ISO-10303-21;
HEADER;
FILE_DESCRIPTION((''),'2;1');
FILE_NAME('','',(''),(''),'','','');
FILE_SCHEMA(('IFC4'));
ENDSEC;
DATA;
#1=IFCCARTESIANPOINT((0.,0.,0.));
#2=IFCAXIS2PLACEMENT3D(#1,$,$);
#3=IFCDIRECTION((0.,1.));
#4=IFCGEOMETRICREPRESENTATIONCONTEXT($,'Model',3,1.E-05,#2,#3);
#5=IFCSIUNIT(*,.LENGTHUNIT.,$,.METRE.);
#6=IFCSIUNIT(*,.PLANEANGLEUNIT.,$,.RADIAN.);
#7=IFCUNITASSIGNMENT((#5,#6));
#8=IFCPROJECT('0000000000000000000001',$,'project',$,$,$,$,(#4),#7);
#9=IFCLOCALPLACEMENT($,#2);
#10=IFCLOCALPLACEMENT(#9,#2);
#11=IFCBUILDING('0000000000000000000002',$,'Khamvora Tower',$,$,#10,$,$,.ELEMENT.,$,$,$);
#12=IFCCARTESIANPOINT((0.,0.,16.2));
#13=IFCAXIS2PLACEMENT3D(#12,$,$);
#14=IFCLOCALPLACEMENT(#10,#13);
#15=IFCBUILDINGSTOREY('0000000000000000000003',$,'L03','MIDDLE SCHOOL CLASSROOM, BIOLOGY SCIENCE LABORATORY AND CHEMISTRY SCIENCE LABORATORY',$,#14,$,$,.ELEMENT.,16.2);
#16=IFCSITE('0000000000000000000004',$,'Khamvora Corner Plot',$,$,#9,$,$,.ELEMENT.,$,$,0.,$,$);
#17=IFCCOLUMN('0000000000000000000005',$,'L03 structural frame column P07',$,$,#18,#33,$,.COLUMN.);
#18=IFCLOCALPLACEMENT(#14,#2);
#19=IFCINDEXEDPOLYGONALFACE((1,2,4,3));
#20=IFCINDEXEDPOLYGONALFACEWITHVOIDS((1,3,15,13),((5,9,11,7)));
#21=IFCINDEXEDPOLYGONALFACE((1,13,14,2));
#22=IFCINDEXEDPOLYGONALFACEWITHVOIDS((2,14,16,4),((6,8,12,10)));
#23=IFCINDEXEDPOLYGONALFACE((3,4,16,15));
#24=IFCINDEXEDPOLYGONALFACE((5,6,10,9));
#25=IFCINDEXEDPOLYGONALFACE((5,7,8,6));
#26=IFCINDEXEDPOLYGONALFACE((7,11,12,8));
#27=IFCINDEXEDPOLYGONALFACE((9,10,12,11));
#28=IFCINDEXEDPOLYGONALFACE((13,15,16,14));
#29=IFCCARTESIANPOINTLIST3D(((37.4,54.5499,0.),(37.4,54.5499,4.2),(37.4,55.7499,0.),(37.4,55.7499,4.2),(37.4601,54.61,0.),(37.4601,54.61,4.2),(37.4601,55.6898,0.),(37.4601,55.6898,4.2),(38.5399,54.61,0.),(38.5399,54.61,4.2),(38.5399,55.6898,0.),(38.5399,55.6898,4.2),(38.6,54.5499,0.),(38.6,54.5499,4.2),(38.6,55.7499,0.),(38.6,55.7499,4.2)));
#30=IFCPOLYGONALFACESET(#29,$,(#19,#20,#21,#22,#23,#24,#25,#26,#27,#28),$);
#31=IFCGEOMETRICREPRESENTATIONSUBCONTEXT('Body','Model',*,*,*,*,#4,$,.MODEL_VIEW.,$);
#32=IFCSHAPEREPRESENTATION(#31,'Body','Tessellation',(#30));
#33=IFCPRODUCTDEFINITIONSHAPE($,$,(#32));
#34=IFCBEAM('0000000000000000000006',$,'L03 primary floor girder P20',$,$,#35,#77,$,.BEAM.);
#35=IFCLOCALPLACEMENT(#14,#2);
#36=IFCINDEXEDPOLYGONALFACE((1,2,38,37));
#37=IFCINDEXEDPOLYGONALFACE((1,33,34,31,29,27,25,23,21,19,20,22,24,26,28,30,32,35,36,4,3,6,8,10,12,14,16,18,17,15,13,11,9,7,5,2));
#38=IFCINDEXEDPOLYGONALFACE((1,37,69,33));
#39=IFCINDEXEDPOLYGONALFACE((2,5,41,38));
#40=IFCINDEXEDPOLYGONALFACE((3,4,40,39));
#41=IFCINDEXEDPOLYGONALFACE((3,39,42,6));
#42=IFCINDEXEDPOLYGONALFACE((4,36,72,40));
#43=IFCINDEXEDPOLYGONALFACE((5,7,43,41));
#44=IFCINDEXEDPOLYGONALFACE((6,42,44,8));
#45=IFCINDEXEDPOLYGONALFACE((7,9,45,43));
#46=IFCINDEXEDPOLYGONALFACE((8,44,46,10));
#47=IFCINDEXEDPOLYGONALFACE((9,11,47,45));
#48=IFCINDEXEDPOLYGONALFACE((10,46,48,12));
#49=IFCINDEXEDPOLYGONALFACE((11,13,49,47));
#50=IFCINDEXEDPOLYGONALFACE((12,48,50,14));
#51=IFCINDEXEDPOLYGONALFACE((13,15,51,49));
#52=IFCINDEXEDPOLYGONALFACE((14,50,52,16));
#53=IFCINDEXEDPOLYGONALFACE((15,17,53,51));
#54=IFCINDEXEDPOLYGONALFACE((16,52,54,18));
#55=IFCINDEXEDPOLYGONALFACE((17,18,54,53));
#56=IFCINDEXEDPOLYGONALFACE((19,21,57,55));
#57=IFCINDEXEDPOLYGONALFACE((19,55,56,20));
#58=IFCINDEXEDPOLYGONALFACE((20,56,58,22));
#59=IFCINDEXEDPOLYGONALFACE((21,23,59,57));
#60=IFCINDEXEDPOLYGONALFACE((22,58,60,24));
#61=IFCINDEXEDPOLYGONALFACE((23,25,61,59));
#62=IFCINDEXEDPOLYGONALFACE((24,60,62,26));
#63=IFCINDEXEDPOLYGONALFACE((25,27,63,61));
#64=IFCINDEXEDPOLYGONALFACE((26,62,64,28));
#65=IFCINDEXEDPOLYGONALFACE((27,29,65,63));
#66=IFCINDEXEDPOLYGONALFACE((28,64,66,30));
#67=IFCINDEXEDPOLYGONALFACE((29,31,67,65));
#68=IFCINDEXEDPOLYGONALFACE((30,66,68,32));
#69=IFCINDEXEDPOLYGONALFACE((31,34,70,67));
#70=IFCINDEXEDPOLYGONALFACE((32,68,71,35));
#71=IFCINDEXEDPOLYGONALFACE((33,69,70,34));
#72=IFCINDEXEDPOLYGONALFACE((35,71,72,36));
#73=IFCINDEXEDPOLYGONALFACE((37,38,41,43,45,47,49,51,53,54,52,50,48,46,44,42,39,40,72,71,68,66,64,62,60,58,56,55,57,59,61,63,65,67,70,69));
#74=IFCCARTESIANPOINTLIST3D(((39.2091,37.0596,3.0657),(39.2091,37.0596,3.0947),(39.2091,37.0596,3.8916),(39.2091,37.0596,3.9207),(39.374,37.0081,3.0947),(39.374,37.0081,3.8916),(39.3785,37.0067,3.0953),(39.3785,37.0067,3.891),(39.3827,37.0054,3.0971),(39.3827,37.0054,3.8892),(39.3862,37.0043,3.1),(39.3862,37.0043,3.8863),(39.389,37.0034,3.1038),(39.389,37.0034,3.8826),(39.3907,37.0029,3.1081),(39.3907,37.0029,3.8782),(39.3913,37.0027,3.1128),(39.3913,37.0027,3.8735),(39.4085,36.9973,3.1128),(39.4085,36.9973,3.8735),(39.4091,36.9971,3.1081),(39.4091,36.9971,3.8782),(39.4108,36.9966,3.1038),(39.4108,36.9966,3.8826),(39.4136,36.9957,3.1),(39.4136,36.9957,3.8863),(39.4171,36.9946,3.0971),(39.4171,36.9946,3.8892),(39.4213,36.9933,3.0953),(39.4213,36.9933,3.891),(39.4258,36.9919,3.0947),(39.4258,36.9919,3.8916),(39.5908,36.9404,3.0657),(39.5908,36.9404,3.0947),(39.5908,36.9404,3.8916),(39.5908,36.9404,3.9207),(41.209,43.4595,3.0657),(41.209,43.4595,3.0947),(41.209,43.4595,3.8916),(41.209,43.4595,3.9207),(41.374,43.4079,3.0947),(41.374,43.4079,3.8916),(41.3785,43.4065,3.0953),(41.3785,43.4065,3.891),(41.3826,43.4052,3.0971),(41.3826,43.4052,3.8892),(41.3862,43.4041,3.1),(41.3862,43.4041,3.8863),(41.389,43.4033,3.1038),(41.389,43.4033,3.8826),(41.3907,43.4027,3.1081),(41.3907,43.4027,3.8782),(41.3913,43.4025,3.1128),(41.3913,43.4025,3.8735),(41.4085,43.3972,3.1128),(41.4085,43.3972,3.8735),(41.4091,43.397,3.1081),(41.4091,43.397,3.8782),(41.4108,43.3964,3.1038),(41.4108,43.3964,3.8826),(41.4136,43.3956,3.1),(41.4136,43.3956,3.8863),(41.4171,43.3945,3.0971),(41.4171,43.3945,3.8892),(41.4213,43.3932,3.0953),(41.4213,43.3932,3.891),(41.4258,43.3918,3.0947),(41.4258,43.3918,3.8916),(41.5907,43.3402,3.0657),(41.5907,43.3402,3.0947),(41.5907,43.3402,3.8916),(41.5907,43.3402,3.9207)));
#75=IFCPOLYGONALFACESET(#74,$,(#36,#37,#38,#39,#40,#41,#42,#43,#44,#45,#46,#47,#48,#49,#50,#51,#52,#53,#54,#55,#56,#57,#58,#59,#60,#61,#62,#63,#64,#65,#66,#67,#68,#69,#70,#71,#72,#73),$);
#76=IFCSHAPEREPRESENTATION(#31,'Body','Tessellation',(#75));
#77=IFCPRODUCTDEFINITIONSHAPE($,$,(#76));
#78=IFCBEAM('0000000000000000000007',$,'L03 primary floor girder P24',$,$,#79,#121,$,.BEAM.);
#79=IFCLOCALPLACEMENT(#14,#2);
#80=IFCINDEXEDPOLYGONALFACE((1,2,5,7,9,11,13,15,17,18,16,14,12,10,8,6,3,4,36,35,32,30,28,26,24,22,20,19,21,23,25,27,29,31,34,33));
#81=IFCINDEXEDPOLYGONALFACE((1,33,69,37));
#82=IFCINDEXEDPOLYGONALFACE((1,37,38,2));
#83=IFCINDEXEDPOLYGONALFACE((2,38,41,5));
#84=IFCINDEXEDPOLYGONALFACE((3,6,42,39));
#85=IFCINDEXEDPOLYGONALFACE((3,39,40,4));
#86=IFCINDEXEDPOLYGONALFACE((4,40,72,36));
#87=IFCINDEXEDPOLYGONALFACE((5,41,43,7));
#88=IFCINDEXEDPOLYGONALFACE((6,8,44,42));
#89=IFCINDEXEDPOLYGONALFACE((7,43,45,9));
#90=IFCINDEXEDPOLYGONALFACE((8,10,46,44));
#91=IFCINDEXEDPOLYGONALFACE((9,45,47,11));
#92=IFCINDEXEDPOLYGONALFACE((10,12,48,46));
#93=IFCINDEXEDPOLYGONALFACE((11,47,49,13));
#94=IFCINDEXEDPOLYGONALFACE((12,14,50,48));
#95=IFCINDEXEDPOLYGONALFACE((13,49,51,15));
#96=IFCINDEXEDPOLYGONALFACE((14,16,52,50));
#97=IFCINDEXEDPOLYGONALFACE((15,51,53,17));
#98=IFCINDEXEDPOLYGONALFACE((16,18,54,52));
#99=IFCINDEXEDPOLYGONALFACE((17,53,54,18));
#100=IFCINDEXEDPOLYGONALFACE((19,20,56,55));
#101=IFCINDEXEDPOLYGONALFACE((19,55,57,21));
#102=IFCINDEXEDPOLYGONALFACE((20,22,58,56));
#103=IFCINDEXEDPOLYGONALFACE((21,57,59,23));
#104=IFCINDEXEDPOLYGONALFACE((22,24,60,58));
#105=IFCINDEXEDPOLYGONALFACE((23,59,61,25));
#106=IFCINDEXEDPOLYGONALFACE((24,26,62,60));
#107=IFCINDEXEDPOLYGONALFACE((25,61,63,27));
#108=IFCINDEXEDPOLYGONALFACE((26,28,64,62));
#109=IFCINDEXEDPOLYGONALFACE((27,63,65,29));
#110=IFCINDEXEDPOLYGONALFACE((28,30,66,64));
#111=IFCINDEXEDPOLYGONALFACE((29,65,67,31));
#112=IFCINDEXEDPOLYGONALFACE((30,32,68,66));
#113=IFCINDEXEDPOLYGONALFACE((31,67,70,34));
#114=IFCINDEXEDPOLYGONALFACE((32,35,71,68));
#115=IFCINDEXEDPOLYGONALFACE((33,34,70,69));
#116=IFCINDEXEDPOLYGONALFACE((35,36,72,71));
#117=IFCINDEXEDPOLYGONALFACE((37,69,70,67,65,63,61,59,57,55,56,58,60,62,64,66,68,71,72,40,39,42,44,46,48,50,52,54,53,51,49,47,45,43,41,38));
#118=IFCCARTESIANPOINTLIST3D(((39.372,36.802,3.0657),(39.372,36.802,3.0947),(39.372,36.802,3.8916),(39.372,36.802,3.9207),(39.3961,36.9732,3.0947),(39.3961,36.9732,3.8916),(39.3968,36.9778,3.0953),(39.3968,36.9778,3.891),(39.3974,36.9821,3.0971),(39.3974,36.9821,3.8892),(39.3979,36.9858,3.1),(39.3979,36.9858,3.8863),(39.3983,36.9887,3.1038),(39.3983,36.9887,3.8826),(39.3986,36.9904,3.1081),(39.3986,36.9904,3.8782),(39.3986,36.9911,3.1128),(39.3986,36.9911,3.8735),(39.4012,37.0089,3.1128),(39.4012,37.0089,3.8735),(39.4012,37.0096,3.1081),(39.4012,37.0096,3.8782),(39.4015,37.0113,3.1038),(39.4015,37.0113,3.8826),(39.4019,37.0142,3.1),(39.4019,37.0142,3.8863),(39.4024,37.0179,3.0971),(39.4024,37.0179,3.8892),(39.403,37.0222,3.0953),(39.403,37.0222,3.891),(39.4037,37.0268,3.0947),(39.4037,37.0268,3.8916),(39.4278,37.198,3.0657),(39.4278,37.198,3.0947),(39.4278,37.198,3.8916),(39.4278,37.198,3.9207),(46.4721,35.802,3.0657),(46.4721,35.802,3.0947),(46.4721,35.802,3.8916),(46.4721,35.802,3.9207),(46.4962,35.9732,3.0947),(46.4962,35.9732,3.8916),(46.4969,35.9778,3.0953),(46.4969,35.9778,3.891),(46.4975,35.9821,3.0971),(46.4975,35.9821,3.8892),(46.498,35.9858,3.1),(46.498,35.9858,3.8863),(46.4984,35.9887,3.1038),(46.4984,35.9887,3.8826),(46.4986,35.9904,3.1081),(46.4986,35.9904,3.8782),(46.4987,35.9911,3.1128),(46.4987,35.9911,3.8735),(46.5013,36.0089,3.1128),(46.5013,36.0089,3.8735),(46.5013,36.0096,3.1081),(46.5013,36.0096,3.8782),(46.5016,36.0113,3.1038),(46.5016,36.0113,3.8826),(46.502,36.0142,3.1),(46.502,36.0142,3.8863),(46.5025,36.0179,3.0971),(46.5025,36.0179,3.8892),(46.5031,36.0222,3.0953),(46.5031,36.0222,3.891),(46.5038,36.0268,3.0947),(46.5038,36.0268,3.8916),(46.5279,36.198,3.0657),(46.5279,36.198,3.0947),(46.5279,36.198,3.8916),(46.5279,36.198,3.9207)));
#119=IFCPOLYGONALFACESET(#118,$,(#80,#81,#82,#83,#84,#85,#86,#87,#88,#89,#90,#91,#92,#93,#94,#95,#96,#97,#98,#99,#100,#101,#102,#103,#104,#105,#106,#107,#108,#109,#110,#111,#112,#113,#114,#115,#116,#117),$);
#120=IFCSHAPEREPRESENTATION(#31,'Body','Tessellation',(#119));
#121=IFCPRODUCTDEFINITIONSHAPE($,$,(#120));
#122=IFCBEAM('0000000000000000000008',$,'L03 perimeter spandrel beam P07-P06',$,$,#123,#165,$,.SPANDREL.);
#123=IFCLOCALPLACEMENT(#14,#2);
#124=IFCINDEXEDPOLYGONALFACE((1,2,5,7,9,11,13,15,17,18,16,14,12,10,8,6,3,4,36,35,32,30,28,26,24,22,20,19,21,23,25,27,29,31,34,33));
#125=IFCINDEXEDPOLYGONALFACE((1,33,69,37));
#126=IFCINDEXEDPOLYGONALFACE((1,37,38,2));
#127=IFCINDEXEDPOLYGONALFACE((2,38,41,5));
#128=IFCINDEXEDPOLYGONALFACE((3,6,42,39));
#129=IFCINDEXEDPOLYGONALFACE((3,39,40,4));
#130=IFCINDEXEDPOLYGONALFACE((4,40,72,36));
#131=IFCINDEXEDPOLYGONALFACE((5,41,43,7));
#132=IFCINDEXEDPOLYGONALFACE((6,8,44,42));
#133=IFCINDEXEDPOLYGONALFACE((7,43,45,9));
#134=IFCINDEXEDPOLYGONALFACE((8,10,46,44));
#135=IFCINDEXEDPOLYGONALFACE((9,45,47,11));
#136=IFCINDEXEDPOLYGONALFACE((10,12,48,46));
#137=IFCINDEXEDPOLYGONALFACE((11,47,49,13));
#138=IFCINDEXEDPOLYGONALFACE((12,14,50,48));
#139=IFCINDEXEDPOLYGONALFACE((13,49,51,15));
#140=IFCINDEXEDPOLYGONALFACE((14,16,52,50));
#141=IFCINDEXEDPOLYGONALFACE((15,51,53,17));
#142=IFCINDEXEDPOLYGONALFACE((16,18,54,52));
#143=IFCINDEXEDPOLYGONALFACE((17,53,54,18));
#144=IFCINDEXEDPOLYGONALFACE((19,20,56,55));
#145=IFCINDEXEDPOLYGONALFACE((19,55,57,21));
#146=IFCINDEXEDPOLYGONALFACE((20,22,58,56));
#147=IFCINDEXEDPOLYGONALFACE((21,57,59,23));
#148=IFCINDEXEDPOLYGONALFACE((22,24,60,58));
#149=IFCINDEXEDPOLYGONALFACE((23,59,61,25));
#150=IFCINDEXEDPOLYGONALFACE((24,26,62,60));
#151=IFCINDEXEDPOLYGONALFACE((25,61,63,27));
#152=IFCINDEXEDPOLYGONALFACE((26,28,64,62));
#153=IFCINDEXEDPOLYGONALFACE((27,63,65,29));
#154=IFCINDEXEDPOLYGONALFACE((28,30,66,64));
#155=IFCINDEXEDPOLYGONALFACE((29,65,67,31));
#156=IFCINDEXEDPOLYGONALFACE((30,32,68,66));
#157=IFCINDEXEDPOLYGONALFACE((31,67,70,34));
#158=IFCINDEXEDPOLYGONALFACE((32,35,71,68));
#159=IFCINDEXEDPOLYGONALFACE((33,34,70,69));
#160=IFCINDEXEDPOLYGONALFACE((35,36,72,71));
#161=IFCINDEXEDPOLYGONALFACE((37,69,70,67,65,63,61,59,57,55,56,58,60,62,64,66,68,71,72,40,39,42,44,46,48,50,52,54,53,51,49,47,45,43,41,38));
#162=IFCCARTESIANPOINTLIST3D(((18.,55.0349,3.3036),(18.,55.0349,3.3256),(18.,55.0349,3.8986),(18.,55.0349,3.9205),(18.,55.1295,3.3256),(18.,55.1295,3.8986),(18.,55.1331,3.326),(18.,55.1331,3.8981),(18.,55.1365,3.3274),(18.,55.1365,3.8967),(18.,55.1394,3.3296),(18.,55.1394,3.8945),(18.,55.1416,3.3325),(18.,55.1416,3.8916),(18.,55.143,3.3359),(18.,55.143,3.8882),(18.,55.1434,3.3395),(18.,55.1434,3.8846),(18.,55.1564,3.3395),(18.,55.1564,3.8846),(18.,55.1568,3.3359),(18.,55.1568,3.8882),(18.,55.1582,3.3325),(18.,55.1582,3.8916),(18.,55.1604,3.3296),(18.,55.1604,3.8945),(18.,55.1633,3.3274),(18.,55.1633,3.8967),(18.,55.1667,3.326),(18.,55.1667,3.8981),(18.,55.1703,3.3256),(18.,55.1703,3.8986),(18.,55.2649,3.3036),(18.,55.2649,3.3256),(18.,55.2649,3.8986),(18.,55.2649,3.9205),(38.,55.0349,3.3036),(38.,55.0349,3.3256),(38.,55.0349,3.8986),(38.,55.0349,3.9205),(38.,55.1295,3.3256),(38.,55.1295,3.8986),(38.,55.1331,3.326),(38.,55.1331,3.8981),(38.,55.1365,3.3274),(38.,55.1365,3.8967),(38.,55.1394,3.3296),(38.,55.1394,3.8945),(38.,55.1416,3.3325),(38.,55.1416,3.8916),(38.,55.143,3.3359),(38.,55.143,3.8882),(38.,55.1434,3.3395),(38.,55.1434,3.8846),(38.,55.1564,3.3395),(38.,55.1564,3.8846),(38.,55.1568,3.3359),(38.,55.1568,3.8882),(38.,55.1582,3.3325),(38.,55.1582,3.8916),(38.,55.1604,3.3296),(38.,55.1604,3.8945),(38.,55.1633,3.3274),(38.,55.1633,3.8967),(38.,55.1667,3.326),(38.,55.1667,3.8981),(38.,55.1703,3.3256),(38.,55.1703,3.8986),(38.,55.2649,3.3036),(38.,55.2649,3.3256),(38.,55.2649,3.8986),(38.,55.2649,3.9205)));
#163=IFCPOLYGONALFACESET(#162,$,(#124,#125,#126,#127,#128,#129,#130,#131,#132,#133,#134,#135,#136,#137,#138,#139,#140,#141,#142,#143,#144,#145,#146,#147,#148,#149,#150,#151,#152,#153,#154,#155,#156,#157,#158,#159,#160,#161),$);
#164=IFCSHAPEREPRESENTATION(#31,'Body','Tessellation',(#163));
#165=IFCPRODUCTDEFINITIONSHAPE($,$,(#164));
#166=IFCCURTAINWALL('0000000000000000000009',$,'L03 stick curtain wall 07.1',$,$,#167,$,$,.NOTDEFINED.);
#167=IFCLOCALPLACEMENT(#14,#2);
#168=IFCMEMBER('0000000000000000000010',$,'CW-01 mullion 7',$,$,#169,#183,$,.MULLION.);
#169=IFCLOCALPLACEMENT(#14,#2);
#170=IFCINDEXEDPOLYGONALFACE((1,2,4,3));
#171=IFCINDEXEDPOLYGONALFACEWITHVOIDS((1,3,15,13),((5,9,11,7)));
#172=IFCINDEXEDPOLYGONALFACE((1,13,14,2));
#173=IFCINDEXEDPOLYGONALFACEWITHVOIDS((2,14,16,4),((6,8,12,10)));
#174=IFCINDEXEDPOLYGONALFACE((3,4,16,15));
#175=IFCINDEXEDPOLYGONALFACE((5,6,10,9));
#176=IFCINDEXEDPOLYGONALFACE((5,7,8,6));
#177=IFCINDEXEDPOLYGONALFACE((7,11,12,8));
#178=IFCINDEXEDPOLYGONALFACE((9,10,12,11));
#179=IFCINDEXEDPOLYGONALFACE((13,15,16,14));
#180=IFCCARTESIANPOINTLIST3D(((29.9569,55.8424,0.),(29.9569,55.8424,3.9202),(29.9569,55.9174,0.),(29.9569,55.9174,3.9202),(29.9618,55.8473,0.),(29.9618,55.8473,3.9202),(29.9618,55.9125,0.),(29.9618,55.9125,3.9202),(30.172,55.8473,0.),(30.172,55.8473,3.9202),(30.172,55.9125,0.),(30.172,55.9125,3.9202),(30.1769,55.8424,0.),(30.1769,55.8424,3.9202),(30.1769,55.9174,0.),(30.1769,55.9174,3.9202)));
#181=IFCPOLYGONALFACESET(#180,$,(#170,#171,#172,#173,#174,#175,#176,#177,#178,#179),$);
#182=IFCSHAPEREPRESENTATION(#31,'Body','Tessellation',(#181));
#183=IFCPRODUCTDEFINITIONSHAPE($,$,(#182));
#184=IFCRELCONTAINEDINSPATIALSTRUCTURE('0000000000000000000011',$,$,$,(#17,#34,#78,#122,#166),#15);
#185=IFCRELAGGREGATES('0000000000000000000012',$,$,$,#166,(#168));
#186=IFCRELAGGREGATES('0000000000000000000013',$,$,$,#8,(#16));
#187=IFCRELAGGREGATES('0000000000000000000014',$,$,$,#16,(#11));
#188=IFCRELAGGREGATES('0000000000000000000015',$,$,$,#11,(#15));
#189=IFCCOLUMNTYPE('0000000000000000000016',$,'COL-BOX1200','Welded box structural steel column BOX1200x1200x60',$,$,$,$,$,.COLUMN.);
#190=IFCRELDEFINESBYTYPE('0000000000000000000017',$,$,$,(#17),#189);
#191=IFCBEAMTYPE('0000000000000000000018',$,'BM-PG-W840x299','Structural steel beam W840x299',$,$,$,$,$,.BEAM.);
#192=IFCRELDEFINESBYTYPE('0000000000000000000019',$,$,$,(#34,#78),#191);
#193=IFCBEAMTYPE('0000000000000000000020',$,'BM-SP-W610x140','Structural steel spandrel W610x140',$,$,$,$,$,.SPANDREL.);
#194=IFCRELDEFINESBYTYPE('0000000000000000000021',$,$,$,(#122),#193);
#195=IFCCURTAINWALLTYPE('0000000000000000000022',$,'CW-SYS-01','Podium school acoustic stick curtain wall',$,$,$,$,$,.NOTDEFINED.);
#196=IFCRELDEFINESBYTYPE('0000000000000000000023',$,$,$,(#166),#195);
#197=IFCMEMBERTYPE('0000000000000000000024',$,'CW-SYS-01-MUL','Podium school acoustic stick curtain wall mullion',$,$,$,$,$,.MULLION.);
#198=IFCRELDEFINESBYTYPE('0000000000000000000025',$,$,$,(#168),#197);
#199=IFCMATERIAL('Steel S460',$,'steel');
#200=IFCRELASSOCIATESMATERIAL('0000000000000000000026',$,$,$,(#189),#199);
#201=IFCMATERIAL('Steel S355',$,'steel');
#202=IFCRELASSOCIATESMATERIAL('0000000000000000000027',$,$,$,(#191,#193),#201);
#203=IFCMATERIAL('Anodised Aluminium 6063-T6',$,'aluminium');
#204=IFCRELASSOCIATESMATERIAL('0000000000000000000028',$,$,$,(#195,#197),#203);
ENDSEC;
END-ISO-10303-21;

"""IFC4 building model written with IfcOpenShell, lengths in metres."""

from ifc_helpers import new_model, si_unit, direction, frame, origin, origin_2d, place, context, subcontext, project, spatial, hollow_rectangle, i_section, extrude, material, material_profile, profile_set, type_object, element, aggregate, save


model = new_model("IFC4")

# Units and contexts
model_context = context("Model", 3, precision=1e-05, world=origin(), true_north=direction((0.0, 1.0)))
body_context = subcontext(model_context, "Body", "Model", "MODEL_VIEW")
ifc_project = project(units=[si_unit("LENGTHUNIT", "METRE"), si_unit("PLANEANGLEUNIT", "RADIAN")], contexts=[model_context])

# Site, building, storey
site_placement = place(None, origin())
site = spatial("IfcSite", under=ifc_project, at=site_placement, Name="Khamvora Corner Plot", CompositionType="ELEMENT", RefElevation=0.0)
building_placement = place(site_placement, origin())
building = spatial("IfcBuilding", under=site, at=building_placement, Name="Khamvora Tower", CompositionType="ELEMENT")
storey_placement = place(building_placement, frame((0.0, 0.0, 16.2)))
storey = spatial("IfcBuildingStorey", under=building, at=storey_placement, Name="L03", Description="MIDDLE SCHOOL CLASSROOM, BIOLOGY SCIENCE LABORATORY AND CHEMISTRY SCIENCE LABORATORY", CompositionType="ELEMENT", Elevation=16.2)

# Column
ifc_material_1 = material(Name="Steel S460", Category="steel")
ifc_material_profile_1 = material_profile(ifc_material_1, hollow_rectangle(XDim=1.2, YDim=1.2, WallThickness=0.0601, at=origin_2d()), Name="BOX1200x1200x60")
ifc_profile_set_1 = profile_set([ifc_material_profile_1], Name="Steel S460")
column_type = type_object("IfcColumnType", Name="COL-BOX1200", Description="Welded box structural steel column BOX1200x1200x60", PredefinedType="COLUMN", material=ifc_profile_set_1)
column_placement = place(storey_placement, frame((38.0, 55.1499, 0.0), z_axis=(0.0, 0.0, 1.0), x_axis=(1.0, 0.0, 0.0)))
element("IfcColumn", 1, at=column_placement, inside=storey, type_object=column_type, Name="L03 structural frame column P07", PredefinedType="COLUMN", context=body_context, shape_type="SweptSolid", body=[
    extrude(hollow_rectangle(XDim=1.2, YDim=1.2, WallThickness=0.0601, at=origin_2d()), origin(), (0.0, 0.0, 1.0), 4.2),
])

# Beams
ifc_material_2 = material(Name="Steel S355", Category="steel")
ifc_material_profile_2 = material_profile(ifc_material_2, i_section(OverallWidth=0.3999, OverallDepth=0.855, WebThickness=0.0181, FlangeThickness=0.0291, FilletRadius=0.0181, at=origin_2d()), Name="W840x299")
ifc_profile_set_2 = profile_set([ifc_material_profile_2], Name="Steel S355")
beam_type_1 = type_object("IfcBeamType", Name="BM-PG-W840x299", Description="Structural steel beam W840x299", PredefinedType="BEAM", material=ifc_profile_set_2)
beam_1_placement = place(storey_placement, frame((39.3999, 37.0, 3.4932), z_axis=(0.298279, 0.954479, 0.0), x_axis=(-0.954479, 0.298279, 0.0)))
element("IfcBeam", 2, at=beam_1_placement, inside=storey, type_object=beam_type_1, Name="L03 primary floor girder P20", PredefinedType="BEAM", context=body_context, shape_type="SweptSolid", body=[
    extrude(i_section(OverallWidth=0.3999, OverallDepth=0.855, WebThickness=0.0181, FlangeThickness=0.0291, FilletRadius=0.0181, at=origin_2d()), origin(), (0.0, 0.0, 1.0), 6.7051),
])
beam_2_placement = place(storey_placement, frame((39.3999, 37.0, 3.4932), z_axis=(0.990227, -0.139467, 0.0), x_axis=(0.139467, 0.990227, 0.0)))
element("IfcBeam", 3, at=beam_2_placement, inside=storey, type_object=beam_type_1, Name="L03 primary floor girder P24", PredefinedType="BEAM", context=body_context, shape_type="SweptSolid", body=[
    extrude(i_section(OverallWidth=0.3999, OverallDepth=0.855, WebThickness=0.0181, FlangeThickness=0.0291, FilletRadius=0.0181, at=origin_2d()), origin(), (0.0, 0.0, 1.0), 7.1702),
])
ifc_material_profile_3 = material_profile(ifc_material_2, i_section(OverallWidth=0.23, OverallDepth=0.6169, WebThickness=0.0129, FlangeThickness=0.022, FilletRadius=0.0139, at=origin_2d()), Name="W610x140")
ifc_profile_set_3 = profile_set([ifc_material_profile_3], Name="Steel S355")
beam_type_2 = type_object("IfcBeamType", Name="BM-SP-W610x140", Description="Structural steel spandrel W610x140", PredefinedType="SPANDREL", material=ifc_profile_set_3)
beam_3_placement = place(storey_placement, frame((38.0, 55.1499, 3.6121), z_axis=(-1.0, 0.0, 0.0), x_axis=(0.0, -1.0, 0.0)))
element("IfcBeam", 4, at=beam_3_placement, inside=storey, type_object=beam_type_2, Name="L03 perimeter spandrel beam P07-P06", PredefinedType="SPANDREL", context=body_context, shape_type="SweptSolid", body=[
    extrude(i_section(OverallWidth=0.23, OverallDepth=0.6169, WebThickness=0.0129, FlangeThickness=0.022, FilletRadius=0.0139, at=origin_2d()), origin(), (0.0, 0.0, 1.0), 20.0),
])

# Curtain wall, member
ifc_material_3 = material(Name="Anodised Aluminium 6063-T6", Category="aluminium")
curtain_wall_type = type_object("IfcCurtainWallType", Name="CW-SYS-01", Description="Podium school acoustic stick curtain wall", PredefinedType="NOTDEFINED", material=ifc_material_3)
curtain_wall_placement = place(storey_placement, origin())
curtain_wall = element("IfcCurtainWall", 5, at=curtain_wall_placement, inside=storey, type_object=curtain_wall_type, Name="L03 stick curtain wall 07.1", PredefinedType="NOTDEFINED")
ifc_material_profile_4 = material_profile(ifc_material_3, hollow_rectangle(XDim=0.075, YDim=0.22, WallThickness=0.0049, at=origin_2d()), Name="MUL75x220x5")
ifc_profile_set_4 = profile_set([ifc_material_profile_4], Name="Anodised Aluminium 6063-T6")
member_type_1 = type_object("IfcMemberType", Name="CW-SYS-01-MUL", Description="Podium school acoustic stick curtain wall mullion", PredefinedType="MULLION", material=ifc_profile_set_4)
member_1_placement = place(storey_placement, frame((30.0669, 55.8799, 0.0), z_axis=(0.0, 0.0, 1.0), x_axis=(0.0, 1.0, 0.0)))
member_1 = element("IfcMember", 6, at=member_1_placement, type_object=member_type_1, Name="CW-01 mullion 7", PredefinedType="MULLION", context=body_context, shape_type="SweptSolid", body=[
    extrude(hollow_rectangle(XDim=0.075, YDim=0.22, WallThickness=0.0049, at=origin_2d()), origin(), (0.0, 0.0, 1.0), 3.9202),
])
aggregate(curtain_wall, [member_1])

save(model, "model.ifc")
